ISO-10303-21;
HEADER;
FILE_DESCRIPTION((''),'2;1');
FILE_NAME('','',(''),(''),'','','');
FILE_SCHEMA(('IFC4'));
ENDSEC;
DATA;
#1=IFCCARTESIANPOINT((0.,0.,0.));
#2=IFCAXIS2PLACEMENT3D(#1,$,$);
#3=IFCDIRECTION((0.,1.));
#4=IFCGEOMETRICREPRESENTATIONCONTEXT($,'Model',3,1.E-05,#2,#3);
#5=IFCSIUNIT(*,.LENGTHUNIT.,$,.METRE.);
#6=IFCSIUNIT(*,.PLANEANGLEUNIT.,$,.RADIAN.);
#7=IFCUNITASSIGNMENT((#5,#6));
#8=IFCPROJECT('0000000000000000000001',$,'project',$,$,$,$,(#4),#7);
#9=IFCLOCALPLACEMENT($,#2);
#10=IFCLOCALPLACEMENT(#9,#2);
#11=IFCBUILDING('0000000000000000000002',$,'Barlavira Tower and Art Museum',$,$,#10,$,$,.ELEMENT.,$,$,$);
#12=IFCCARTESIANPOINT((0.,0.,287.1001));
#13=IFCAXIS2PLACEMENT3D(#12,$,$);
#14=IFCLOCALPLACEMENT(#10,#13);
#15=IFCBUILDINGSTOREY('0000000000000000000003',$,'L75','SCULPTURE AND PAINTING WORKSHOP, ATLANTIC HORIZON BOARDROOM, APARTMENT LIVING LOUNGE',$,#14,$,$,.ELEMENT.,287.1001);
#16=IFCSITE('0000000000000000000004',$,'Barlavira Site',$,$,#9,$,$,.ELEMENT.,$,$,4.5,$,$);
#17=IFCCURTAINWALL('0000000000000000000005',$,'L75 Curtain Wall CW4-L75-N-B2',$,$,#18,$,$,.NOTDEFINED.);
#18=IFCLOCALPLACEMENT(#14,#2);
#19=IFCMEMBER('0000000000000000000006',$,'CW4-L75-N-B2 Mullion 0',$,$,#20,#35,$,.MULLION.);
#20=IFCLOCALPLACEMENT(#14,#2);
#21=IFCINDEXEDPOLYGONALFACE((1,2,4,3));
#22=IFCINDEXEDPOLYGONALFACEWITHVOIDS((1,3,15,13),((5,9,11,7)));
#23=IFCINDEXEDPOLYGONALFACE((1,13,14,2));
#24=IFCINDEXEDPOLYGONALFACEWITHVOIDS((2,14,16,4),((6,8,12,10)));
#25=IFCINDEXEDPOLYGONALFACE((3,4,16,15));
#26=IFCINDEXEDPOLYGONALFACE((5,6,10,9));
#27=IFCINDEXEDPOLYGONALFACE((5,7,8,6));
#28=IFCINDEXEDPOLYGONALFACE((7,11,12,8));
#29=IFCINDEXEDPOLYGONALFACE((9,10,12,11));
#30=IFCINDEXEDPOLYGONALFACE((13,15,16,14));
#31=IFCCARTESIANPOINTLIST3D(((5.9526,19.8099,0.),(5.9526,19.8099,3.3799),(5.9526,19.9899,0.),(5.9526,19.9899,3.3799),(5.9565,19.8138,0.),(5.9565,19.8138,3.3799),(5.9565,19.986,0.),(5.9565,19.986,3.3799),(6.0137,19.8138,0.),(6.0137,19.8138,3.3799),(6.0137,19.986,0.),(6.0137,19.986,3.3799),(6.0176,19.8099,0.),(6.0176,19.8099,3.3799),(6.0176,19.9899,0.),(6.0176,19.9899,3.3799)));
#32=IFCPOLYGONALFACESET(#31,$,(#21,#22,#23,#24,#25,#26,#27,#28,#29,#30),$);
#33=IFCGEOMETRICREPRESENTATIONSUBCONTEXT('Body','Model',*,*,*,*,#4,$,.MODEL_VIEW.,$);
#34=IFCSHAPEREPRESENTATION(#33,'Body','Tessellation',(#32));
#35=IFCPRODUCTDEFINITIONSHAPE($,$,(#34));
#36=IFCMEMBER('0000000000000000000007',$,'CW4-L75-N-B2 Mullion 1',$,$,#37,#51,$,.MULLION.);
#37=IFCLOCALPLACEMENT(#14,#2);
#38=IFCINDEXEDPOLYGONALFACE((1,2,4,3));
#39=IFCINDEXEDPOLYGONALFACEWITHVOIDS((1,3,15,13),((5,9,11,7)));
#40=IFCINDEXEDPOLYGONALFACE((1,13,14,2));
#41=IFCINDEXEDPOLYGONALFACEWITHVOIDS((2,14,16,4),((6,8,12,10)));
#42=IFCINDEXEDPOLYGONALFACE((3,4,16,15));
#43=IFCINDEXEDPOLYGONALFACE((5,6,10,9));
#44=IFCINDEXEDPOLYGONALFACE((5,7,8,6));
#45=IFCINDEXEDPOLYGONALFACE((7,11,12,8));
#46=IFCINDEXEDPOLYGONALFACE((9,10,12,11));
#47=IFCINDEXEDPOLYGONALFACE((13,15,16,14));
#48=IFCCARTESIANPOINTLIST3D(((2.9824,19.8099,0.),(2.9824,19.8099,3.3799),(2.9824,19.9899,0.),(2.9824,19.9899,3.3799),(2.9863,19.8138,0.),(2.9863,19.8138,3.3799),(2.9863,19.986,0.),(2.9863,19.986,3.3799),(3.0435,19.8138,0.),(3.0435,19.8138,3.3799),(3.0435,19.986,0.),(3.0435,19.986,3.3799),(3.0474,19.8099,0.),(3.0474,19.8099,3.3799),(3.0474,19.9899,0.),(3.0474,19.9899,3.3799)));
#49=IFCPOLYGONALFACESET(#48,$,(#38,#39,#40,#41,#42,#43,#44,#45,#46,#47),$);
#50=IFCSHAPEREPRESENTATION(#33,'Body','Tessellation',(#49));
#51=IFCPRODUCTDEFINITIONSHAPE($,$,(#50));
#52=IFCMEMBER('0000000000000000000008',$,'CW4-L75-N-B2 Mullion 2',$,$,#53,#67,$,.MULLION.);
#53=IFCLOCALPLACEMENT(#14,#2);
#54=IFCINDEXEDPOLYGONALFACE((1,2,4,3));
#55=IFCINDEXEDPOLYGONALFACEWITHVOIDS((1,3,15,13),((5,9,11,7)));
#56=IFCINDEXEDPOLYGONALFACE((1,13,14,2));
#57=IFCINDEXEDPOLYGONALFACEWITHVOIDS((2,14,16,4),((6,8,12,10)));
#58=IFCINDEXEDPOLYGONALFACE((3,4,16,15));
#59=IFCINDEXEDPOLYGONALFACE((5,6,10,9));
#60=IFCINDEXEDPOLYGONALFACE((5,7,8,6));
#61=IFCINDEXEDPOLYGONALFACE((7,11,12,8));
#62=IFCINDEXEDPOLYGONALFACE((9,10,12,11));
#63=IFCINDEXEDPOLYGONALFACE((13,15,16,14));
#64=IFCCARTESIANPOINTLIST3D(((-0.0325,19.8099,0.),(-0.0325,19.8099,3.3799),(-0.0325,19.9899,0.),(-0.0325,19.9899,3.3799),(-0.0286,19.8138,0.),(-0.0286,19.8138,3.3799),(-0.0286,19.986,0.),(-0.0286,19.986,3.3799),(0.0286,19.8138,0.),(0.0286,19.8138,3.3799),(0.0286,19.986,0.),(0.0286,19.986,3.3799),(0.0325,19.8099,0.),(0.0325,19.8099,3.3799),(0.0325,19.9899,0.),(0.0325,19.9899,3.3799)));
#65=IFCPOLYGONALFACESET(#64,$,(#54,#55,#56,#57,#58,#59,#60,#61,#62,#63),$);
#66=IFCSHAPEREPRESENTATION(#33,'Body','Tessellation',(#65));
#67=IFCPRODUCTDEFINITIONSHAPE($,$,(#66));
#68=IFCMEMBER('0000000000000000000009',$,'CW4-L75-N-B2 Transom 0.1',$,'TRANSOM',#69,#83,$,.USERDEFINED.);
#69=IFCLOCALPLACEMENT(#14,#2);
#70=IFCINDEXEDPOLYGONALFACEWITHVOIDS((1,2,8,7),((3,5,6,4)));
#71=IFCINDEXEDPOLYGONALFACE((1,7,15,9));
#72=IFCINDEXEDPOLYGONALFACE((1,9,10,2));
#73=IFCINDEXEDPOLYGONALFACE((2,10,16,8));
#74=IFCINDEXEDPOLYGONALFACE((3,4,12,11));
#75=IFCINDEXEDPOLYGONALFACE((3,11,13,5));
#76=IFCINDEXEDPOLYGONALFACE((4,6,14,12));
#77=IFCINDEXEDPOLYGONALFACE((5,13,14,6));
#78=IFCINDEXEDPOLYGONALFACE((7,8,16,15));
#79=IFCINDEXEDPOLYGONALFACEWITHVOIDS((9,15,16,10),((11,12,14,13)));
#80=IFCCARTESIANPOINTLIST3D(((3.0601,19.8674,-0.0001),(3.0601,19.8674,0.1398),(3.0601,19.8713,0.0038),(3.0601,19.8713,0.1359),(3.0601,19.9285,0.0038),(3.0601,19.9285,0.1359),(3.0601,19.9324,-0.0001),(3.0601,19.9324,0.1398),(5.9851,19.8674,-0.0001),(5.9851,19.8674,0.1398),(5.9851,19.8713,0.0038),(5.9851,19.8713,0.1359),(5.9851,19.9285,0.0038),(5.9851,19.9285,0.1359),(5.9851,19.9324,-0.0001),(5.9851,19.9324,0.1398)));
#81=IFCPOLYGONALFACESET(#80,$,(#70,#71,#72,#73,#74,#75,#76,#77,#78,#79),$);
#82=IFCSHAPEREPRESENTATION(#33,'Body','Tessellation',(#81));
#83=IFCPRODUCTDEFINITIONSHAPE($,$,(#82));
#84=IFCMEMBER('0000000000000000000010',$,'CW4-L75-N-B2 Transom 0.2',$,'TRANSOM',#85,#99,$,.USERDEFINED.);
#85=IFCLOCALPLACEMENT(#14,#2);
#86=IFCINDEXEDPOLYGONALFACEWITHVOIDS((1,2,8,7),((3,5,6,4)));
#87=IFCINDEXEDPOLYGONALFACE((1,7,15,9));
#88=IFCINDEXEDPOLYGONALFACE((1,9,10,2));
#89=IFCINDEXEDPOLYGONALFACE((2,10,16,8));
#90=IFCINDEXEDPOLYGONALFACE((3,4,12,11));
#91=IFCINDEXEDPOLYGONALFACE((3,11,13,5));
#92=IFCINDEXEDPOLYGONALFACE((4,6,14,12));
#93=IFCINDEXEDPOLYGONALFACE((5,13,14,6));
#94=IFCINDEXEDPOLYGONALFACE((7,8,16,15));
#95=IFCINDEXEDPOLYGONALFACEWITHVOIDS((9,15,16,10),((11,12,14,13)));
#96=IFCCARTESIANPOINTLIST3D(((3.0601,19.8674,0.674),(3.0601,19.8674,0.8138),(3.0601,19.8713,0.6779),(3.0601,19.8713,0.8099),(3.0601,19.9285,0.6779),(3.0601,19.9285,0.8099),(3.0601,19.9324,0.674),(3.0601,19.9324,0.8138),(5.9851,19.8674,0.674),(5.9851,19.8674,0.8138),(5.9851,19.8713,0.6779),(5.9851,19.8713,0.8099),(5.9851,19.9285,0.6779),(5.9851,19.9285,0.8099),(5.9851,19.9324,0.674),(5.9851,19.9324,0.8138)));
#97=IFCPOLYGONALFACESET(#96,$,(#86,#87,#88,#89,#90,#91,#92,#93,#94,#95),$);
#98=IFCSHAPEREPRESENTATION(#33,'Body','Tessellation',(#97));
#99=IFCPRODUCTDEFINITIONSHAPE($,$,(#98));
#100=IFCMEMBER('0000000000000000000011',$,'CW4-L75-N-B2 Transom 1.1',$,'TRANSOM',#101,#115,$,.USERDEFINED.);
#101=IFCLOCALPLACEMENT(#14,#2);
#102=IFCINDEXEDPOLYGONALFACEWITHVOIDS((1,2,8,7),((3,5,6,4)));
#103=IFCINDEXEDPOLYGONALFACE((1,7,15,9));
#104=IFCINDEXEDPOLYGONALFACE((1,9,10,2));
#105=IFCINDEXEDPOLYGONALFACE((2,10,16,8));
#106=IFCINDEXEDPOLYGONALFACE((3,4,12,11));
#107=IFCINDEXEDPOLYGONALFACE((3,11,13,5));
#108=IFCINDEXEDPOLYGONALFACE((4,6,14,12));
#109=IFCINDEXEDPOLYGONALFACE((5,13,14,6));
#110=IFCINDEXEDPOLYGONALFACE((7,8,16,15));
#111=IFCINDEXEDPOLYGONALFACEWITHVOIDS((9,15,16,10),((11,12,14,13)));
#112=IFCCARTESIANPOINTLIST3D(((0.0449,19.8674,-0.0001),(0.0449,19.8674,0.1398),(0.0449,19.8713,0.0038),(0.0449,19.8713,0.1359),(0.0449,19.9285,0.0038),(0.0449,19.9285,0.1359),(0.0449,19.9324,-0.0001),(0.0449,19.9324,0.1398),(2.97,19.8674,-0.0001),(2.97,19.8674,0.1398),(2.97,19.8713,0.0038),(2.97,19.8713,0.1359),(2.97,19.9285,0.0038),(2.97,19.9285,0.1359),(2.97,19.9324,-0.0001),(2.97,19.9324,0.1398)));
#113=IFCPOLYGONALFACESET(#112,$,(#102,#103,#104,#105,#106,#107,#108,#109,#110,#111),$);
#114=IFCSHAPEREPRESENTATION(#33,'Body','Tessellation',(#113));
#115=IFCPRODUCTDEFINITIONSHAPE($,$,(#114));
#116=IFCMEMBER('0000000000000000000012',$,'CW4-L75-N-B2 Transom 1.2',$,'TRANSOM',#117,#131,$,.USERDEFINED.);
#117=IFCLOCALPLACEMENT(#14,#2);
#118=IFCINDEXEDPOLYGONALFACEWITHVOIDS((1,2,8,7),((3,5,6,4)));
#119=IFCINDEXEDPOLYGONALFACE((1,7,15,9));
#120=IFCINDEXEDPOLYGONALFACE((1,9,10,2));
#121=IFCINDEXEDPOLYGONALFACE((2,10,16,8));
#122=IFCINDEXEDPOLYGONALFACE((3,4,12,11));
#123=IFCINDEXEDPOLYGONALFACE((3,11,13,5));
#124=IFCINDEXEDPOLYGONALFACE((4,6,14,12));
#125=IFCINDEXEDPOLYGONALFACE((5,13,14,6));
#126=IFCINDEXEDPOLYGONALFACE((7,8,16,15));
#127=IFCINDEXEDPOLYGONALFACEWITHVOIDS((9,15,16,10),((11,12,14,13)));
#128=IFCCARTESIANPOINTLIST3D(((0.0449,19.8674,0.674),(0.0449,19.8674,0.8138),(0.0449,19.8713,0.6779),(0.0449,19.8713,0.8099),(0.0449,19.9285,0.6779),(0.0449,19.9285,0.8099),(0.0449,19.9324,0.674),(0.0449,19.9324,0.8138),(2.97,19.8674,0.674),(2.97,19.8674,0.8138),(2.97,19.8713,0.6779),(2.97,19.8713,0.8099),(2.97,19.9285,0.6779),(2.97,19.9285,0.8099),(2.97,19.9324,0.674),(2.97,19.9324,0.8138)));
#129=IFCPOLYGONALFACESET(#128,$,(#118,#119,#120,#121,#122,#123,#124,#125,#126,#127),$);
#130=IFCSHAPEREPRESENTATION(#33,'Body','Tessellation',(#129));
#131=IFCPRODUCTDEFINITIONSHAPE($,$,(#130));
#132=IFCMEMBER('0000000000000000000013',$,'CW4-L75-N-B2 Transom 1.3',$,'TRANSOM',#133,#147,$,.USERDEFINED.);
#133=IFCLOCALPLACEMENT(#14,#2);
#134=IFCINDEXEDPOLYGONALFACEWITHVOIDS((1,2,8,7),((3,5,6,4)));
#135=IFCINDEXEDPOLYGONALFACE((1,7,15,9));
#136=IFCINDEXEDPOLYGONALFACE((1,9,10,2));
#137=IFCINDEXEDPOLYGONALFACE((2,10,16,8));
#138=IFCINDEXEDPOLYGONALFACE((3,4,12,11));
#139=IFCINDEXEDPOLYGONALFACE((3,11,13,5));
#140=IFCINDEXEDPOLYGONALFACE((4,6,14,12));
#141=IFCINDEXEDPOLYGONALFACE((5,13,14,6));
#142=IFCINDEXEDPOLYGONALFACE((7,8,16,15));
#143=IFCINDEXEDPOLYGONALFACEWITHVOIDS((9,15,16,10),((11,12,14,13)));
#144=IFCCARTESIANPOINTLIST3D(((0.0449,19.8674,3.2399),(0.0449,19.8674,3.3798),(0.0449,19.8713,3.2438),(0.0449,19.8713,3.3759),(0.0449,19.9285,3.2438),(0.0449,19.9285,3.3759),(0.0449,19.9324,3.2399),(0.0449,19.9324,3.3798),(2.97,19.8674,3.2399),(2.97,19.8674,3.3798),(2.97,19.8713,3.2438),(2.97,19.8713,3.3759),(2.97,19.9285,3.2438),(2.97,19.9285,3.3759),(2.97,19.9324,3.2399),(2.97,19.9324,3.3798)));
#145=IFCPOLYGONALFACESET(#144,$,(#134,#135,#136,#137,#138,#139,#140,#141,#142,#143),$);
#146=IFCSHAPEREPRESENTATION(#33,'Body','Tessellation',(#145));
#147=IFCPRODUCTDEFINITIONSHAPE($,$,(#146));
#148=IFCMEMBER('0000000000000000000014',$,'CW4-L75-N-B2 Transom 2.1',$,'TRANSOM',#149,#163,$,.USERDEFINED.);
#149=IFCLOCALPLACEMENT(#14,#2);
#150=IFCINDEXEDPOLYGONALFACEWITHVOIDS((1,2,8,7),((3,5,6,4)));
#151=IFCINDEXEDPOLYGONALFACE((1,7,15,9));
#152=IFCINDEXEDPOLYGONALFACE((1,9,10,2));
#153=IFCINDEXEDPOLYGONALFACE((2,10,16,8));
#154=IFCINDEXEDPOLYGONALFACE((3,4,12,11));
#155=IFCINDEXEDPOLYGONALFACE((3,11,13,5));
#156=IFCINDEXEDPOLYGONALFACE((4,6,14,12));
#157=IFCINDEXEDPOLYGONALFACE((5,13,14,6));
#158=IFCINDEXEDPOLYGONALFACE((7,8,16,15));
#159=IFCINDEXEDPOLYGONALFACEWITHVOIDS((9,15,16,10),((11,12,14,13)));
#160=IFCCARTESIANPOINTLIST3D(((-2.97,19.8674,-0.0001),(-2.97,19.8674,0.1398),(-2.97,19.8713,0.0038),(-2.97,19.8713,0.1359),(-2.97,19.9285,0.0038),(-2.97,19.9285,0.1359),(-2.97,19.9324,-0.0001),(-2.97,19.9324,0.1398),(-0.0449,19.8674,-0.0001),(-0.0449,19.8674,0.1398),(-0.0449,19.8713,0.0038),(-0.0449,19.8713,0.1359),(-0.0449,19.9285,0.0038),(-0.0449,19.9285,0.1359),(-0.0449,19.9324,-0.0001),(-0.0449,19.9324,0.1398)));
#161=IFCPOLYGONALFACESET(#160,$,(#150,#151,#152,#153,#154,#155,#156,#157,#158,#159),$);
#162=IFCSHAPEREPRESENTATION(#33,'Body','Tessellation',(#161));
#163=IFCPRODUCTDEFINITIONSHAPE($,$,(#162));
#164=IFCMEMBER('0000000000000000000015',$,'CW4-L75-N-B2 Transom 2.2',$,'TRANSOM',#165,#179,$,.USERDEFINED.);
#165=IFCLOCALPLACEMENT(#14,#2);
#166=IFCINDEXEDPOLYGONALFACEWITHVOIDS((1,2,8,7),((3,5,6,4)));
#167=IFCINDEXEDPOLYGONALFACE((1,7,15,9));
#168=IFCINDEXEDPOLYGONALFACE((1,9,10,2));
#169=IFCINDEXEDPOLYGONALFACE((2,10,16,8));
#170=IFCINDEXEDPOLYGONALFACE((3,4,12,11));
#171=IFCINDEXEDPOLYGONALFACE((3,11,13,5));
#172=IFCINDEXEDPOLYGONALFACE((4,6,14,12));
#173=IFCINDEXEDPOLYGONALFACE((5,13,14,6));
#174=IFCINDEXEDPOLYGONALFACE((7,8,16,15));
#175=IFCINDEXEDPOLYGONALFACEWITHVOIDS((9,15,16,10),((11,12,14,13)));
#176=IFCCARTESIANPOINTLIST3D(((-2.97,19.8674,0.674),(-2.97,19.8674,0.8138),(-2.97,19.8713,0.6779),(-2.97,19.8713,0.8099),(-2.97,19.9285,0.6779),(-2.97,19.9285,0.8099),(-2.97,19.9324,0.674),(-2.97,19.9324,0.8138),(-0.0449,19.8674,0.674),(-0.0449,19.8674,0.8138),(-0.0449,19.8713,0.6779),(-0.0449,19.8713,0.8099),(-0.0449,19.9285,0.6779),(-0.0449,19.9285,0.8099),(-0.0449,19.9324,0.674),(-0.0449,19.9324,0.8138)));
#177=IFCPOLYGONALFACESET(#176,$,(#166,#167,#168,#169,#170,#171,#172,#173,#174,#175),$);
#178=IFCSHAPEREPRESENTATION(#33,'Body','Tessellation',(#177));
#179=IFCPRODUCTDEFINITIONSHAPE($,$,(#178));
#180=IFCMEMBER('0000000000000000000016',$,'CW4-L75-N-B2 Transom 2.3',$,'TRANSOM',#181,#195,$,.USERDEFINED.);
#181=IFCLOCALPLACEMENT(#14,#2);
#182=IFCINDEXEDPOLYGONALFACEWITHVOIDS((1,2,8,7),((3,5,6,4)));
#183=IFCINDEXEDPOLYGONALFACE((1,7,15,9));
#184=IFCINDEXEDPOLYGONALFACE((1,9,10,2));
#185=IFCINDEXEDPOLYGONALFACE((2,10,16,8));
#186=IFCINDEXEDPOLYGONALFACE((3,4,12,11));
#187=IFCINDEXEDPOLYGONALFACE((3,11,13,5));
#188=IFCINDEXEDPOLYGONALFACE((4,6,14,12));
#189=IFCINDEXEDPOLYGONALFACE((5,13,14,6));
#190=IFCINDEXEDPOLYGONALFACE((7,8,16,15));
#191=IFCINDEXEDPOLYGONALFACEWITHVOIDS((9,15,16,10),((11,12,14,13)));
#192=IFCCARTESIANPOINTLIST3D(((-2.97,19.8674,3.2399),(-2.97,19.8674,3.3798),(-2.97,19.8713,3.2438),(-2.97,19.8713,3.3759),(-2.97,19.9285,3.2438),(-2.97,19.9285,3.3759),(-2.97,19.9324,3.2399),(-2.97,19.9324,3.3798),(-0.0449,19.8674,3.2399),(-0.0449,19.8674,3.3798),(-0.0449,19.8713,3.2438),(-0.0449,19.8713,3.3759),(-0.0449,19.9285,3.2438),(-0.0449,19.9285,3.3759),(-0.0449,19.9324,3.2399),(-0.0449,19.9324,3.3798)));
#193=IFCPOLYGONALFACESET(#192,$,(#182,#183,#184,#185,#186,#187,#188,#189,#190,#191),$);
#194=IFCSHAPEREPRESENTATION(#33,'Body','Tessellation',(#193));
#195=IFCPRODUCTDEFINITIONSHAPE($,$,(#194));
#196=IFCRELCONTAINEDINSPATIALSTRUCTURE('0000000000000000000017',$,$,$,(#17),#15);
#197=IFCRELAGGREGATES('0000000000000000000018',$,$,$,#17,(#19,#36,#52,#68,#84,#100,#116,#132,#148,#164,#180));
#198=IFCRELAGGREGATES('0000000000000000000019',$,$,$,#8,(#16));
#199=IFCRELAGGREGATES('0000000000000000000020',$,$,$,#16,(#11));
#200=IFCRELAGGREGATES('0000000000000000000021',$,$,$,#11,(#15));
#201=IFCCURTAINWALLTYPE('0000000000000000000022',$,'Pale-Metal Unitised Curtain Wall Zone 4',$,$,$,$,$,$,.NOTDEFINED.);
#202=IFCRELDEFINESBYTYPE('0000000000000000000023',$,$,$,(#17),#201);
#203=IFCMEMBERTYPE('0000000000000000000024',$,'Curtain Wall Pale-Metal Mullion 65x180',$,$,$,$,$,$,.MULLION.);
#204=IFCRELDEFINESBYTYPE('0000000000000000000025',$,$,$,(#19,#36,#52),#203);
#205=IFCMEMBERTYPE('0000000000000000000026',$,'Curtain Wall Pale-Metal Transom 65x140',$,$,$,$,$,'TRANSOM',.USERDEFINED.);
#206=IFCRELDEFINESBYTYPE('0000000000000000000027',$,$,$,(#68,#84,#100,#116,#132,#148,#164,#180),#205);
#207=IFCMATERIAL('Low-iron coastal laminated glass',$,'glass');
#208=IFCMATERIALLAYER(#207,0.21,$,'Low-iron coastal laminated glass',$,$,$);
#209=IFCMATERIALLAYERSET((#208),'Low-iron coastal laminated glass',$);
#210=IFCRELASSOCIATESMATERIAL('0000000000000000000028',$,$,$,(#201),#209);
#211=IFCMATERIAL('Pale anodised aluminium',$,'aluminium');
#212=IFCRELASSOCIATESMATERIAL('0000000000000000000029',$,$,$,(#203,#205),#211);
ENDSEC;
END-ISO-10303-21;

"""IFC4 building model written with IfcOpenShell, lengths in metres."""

from ifc_helpers import new_model, si_unit, direction, frame, origin, origin_2d, place, context, subcontext, project, spatial, hollow_rectangle, extrude, material, layer, layer_set, material_profile, profile_set, type_object, element, aggregate, save


model = new_model("IFC4")

# Units and contexts
model_context = context("Model", 3, precision=1e-05, world=origin(), true_north=direction((0.0, 1.0)))
body_context = subcontext(model_context, "Body", "Model", "MODEL_VIEW")
ifc_project = project(units=[si_unit("LENGTHUNIT", "METRE"), si_unit("PLANEANGLEUNIT", "RADIAN")], contexts=[model_context])

# Site, building, storey
site_placement = place(None, origin())
site = spatial("IfcSite", under=ifc_project, at=site_placement, Name="Barlavira Site", CompositionType="ELEMENT", RefElevation=4.5)
building_placement = place(site_placement, origin())
building = spatial("IfcBuilding", under=site, at=building_placement, Name="Barlavira Tower and Art Museum", CompositionType="ELEMENT")
storey_placement = place(building_placement, frame((0.0, 0.0, 287.1001)))
storey = spatial("IfcBuildingStorey", under=building, at=storey_placement, Name="L75", Description="SCULPTURE AND PAINTING WORKSHOP, ATLANTIC HORIZON BOARDROOM, APARTMENT LIVING LOUNGE", CompositionType="ELEMENT", Elevation=287.1001)

# Curtain wall, members
ifc_material_1 = material(Name="Low-iron coastal laminated glass", Category="glass")
ifc_layer_1 = layer(ifc_material_1, 0.21, Name="Low-iron coastal laminated glass")
ifc_layer_set_1 = layer_set([ifc_layer_1], Name="Low-iron coastal laminated glass")
curtain_wall_type = type_object("IfcCurtainWallType", Name="Pale-Metal Unitised Curtain Wall Zone 4", PredefinedType="NOTDEFINED", material=ifc_layer_set_1)
curtain_wall_placement = place(storey_placement, origin())
curtain_wall = element("IfcCurtainWall", 1, at=curtain_wall_placement, inside=storey, type_object=curtain_wall_type, Name="L75 Curtain Wall CW4-L75-N-B2", PredefinedType="NOTDEFINED")
ifc_material_2 = material(Name="Pale anodised aluminium", Category="aluminium")
ifc_material_profile_1 = material_profile(ifc_material_2, hollow_rectangle(XDim=0.0649, YDim=0.1799, WallThickness=0.0039, at=origin_2d()), Name="ALU-MULL 65x180x4")
ifc_profile_set_1 = profile_set([ifc_material_profile_1], Name="Pale anodised aluminium")
member_type_1 = type_object("IfcMemberType", Name="Curtain Wall Pale-Metal Mullion 65x180", PredefinedType="MULLION", material=ifc_profile_set_1)
member_1_placement = place(storey_placement, frame((5.9851, 19.8999, 0.0), z_axis=(0.0, 0.0, 1.0), x_axis=(-1.0, 0.0, 0.0)))
member_1 = element("IfcMember", 2, at=member_1_placement, type_object=member_type_1, Name="CW4-L75-N-B2 Mullion 0", PredefinedType="MULLION", context=body_context, shape_type="SweptSolid", body=[
    extrude(hollow_rectangle(XDim=0.0649, YDim=0.1799, WallThickness=0.0039, at=origin_2d()), origin(), (0.0, 0.0, 1.0), 3.3799),
])
member_2_placement = place(storey_placement, frame((3.0149, 19.8999, 0.0), z_axis=(0.0, 0.0, 1.0), x_axis=(-1.0, 0.0, 0.0)))
member_2 = element("IfcMember", 3, at=member_2_placement, type_object=member_type_1, Name="CW4-L75-N-B2 Mullion 1", PredefinedType="MULLION", context=body_context, shape_type="SweptSolid", body=[
    extrude(hollow_rectangle(XDim=0.0649, YDim=0.1799, WallThickness=0.0039, at=origin_2d()), origin(), (0.0, 0.0, 1.0), 3.3799),
])
member_3_placement = place(storey_placement, frame((0.0, 19.8999, 0.0), z_axis=(0.0, 0.0, 1.0), x_axis=(-1.0, 0.0, 0.0)))
member_3 = element("IfcMember", 4, at=member_3_placement, type_object=member_type_1, Name="CW4-L75-N-B2 Mullion 2", PredefinedType="MULLION", context=body_context, shape_type="SweptSolid", body=[
    extrude(hollow_rectangle(XDim=0.0649, YDim=0.1799, WallThickness=0.0039, at=origin_2d()), origin(), (0.0, 0.0, 1.0), 3.3799),
])
ifc_material_profile_2 = material_profile(ifc_material_2, hollow_rectangle(XDim=0.0649, YDim=0.1399, WallThickness=0.0039, at=origin_2d()), Name="ALU-TRAN 65x140x4")
ifc_profile_set_2 = profile_set([ifc_material_profile_2], Name="Pale anodised aluminium")
member_type_2 = type_object("IfcMemberType", Name="Curtain Wall Pale-Metal Transom 65x140", ElementType="TRANSOM", PredefinedType="USERDEFINED", material=ifc_profile_set_2)
member_4_placement = place(storey_placement, frame((5.9851, 19.8999, 0.0698), z_axis=(-1.0, 0.0, 0.0), x_axis=(0.0, -1.0, 0.0)))
member_4 = element("IfcMember", 5, at=member_4_placement, type_object=member_type_2, Name="CW4-L75-N-B2 Transom 0.1", ObjectType="TRANSOM", PredefinedType="USERDEFINED", context=body_context, shape_type="SweptSolid", body=[
    extrude(hollow_rectangle(XDim=0.0649, YDim=0.1399, WallThickness=0.0039, at=origin_2d()), origin(), (0.0, 0.0, 1.0), 2.925),
])
member_5_placement = place(storey_placement, frame((5.9851, 19.8999, 0.7439), z_axis=(-1.0, 0.0, 0.0), x_axis=(0.0, -1.0, 0.0)))
member_5 = element("IfcMember", 6, at=member_5_placement, type_object=member_type_2, Name="CW4-L75-N-B2 Transom 0.2", ObjectType="TRANSOM", PredefinedType="USERDEFINED", context=body_context, shape_type="SweptSolid", body=[
    extrude(hollow_rectangle(XDim=0.0649, YDim=0.1399, WallThickness=0.0039, at=origin_2d()), origin(), (0.0, 0.0, 1.0), 2.925),
])
member_6_placement = place(storey_placement, frame((2.97, 19.8999, 0.0698), z_axis=(-1.0, 0.0, 0.0), x_axis=(0.0, -1.0, 0.0)))
member_6 = element("IfcMember", 7, at=member_6_placement, type_object=member_type_2, Name="CW4-L75-N-B2 Transom 1.1", ObjectType="TRANSOM", PredefinedType="USERDEFINED", context=body_context, shape_type="SweptSolid", body=[
    extrude(hollow_rectangle(XDim=0.0649, YDim=0.1399, WallThickness=0.0039, at=origin_2d()), origin(), (0.0, 0.0, 1.0), 2.925),
])
member_7_placement = place(storey_placement, frame((2.97, 19.8999, 0.7439), z_axis=(-1.0, 0.0, 0.0), x_axis=(0.0, -1.0, 0.0)))
member_7 = element("IfcMember", 8, at=member_7_placement, type_object=member_type_2, Name="CW4-L75-N-B2 Transom 1.2", ObjectType="TRANSOM", PredefinedType="USERDEFINED", context=body_context, shape_type="SweptSolid", body=[
    extrude(hollow_rectangle(XDim=0.0649, YDim=0.1399, WallThickness=0.0039, at=origin_2d()), origin(), (0.0, 0.0, 1.0), 2.925),
])
member_8_placement = place(storey_placement, frame((2.97, 19.8999, 3.3098), z_axis=(-1.0, 0.0, 0.0), x_axis=(0.0, -1.0, 0.0)))
member_8 = element("IfcMember", 9, at=member_8_placement, type_object=member_type_2, Name="CW4-L75-N-B2 Transom 1.3", ObjectType="TRANSOM", PredefinedType="USERDEFINED", context=body_context, shape_type="SweptSolid", body=[
    extrude(hollow_rectangle(XDim=0.0649, YDim=0.1399, WallThickness=0.0039, at=origin_2d()), origin(), (0.0, 0.0, 1.0), 2.925),
])
member_9_placement = place(storey_placement, frame((-0.0449, 19.8999, 0.0698), z_axis=(-1.0, 0.0, 0.0), x_axis=(0.0, -1.0, 0.0)))
member_9 = element("IfcMember", 10, at=member_9_placement, type_object=member_type_2, Name="CW4-L75-N-B2 Transom 2.1", ObjectType="TRANSOM", PredefinedType="USERDEFINED", context=body_context, shape_type="SweptSolid", body=[
    extrude(hollow_rectangle(XDim=0.0649, YDim=0.1399, WallThickness=0.0039, at=origin_2d()), origin(), (0.0, 0.0, 1.0), 2.925),
])
member_10_placement = place(storey_placement, frame((-0.0449, 19.8999, 0.7439), z_axis=(-1.0, 0.0, 0.0), x_axis=(0.0, -1.0, 0.0)))
member_10 = element("IfcMember", 11, at=member_10_placement, type_object=member_type_2, Name="CW4-L75-N-B2 Transom 2.2", ObjectType="TRANSOM", PredefinedType="USERDEFINED", context=body_context, shape_type="SweptSolid", body=[
    extrude(hollow_rectangle(XDim=0.0649, YDim=0.1399, WallThickness=0.0039, at=origin_2d()), origin(), (0.0, 0.0, 1.0), 2.925),
])
member_11_placement = place(storey_placement, frame((-0.0449, 19.8999, 3.3098), z_axis=(-1.0, 0.0, 0.0), x_axis=(0.0, -1.0, 0.0)))
member_11 = element("IfcMember", 12, at=member_11_placement, type_object=member_type_2, Name="CW4-L75-N-B2 Transom 2.3", ObjectType="TRANSOM", PredefinedType="USERDEFINED", context=body_context, shape_type="SweptSolid", body=[
    extrude(hollow_rectangle(XDim=0.0649, YDim=0.1399, WallThickness=0.0039, at=origin_2d()), origin(), (0.0, 0.0, 1.0), 2.925),
])
aggregate(curtain_wall, [member_1, member_2, member_3, member_4, member_5, member_6, member_7, member_8, member_9, member_10, member_11])

save(model, "model.ifc")
